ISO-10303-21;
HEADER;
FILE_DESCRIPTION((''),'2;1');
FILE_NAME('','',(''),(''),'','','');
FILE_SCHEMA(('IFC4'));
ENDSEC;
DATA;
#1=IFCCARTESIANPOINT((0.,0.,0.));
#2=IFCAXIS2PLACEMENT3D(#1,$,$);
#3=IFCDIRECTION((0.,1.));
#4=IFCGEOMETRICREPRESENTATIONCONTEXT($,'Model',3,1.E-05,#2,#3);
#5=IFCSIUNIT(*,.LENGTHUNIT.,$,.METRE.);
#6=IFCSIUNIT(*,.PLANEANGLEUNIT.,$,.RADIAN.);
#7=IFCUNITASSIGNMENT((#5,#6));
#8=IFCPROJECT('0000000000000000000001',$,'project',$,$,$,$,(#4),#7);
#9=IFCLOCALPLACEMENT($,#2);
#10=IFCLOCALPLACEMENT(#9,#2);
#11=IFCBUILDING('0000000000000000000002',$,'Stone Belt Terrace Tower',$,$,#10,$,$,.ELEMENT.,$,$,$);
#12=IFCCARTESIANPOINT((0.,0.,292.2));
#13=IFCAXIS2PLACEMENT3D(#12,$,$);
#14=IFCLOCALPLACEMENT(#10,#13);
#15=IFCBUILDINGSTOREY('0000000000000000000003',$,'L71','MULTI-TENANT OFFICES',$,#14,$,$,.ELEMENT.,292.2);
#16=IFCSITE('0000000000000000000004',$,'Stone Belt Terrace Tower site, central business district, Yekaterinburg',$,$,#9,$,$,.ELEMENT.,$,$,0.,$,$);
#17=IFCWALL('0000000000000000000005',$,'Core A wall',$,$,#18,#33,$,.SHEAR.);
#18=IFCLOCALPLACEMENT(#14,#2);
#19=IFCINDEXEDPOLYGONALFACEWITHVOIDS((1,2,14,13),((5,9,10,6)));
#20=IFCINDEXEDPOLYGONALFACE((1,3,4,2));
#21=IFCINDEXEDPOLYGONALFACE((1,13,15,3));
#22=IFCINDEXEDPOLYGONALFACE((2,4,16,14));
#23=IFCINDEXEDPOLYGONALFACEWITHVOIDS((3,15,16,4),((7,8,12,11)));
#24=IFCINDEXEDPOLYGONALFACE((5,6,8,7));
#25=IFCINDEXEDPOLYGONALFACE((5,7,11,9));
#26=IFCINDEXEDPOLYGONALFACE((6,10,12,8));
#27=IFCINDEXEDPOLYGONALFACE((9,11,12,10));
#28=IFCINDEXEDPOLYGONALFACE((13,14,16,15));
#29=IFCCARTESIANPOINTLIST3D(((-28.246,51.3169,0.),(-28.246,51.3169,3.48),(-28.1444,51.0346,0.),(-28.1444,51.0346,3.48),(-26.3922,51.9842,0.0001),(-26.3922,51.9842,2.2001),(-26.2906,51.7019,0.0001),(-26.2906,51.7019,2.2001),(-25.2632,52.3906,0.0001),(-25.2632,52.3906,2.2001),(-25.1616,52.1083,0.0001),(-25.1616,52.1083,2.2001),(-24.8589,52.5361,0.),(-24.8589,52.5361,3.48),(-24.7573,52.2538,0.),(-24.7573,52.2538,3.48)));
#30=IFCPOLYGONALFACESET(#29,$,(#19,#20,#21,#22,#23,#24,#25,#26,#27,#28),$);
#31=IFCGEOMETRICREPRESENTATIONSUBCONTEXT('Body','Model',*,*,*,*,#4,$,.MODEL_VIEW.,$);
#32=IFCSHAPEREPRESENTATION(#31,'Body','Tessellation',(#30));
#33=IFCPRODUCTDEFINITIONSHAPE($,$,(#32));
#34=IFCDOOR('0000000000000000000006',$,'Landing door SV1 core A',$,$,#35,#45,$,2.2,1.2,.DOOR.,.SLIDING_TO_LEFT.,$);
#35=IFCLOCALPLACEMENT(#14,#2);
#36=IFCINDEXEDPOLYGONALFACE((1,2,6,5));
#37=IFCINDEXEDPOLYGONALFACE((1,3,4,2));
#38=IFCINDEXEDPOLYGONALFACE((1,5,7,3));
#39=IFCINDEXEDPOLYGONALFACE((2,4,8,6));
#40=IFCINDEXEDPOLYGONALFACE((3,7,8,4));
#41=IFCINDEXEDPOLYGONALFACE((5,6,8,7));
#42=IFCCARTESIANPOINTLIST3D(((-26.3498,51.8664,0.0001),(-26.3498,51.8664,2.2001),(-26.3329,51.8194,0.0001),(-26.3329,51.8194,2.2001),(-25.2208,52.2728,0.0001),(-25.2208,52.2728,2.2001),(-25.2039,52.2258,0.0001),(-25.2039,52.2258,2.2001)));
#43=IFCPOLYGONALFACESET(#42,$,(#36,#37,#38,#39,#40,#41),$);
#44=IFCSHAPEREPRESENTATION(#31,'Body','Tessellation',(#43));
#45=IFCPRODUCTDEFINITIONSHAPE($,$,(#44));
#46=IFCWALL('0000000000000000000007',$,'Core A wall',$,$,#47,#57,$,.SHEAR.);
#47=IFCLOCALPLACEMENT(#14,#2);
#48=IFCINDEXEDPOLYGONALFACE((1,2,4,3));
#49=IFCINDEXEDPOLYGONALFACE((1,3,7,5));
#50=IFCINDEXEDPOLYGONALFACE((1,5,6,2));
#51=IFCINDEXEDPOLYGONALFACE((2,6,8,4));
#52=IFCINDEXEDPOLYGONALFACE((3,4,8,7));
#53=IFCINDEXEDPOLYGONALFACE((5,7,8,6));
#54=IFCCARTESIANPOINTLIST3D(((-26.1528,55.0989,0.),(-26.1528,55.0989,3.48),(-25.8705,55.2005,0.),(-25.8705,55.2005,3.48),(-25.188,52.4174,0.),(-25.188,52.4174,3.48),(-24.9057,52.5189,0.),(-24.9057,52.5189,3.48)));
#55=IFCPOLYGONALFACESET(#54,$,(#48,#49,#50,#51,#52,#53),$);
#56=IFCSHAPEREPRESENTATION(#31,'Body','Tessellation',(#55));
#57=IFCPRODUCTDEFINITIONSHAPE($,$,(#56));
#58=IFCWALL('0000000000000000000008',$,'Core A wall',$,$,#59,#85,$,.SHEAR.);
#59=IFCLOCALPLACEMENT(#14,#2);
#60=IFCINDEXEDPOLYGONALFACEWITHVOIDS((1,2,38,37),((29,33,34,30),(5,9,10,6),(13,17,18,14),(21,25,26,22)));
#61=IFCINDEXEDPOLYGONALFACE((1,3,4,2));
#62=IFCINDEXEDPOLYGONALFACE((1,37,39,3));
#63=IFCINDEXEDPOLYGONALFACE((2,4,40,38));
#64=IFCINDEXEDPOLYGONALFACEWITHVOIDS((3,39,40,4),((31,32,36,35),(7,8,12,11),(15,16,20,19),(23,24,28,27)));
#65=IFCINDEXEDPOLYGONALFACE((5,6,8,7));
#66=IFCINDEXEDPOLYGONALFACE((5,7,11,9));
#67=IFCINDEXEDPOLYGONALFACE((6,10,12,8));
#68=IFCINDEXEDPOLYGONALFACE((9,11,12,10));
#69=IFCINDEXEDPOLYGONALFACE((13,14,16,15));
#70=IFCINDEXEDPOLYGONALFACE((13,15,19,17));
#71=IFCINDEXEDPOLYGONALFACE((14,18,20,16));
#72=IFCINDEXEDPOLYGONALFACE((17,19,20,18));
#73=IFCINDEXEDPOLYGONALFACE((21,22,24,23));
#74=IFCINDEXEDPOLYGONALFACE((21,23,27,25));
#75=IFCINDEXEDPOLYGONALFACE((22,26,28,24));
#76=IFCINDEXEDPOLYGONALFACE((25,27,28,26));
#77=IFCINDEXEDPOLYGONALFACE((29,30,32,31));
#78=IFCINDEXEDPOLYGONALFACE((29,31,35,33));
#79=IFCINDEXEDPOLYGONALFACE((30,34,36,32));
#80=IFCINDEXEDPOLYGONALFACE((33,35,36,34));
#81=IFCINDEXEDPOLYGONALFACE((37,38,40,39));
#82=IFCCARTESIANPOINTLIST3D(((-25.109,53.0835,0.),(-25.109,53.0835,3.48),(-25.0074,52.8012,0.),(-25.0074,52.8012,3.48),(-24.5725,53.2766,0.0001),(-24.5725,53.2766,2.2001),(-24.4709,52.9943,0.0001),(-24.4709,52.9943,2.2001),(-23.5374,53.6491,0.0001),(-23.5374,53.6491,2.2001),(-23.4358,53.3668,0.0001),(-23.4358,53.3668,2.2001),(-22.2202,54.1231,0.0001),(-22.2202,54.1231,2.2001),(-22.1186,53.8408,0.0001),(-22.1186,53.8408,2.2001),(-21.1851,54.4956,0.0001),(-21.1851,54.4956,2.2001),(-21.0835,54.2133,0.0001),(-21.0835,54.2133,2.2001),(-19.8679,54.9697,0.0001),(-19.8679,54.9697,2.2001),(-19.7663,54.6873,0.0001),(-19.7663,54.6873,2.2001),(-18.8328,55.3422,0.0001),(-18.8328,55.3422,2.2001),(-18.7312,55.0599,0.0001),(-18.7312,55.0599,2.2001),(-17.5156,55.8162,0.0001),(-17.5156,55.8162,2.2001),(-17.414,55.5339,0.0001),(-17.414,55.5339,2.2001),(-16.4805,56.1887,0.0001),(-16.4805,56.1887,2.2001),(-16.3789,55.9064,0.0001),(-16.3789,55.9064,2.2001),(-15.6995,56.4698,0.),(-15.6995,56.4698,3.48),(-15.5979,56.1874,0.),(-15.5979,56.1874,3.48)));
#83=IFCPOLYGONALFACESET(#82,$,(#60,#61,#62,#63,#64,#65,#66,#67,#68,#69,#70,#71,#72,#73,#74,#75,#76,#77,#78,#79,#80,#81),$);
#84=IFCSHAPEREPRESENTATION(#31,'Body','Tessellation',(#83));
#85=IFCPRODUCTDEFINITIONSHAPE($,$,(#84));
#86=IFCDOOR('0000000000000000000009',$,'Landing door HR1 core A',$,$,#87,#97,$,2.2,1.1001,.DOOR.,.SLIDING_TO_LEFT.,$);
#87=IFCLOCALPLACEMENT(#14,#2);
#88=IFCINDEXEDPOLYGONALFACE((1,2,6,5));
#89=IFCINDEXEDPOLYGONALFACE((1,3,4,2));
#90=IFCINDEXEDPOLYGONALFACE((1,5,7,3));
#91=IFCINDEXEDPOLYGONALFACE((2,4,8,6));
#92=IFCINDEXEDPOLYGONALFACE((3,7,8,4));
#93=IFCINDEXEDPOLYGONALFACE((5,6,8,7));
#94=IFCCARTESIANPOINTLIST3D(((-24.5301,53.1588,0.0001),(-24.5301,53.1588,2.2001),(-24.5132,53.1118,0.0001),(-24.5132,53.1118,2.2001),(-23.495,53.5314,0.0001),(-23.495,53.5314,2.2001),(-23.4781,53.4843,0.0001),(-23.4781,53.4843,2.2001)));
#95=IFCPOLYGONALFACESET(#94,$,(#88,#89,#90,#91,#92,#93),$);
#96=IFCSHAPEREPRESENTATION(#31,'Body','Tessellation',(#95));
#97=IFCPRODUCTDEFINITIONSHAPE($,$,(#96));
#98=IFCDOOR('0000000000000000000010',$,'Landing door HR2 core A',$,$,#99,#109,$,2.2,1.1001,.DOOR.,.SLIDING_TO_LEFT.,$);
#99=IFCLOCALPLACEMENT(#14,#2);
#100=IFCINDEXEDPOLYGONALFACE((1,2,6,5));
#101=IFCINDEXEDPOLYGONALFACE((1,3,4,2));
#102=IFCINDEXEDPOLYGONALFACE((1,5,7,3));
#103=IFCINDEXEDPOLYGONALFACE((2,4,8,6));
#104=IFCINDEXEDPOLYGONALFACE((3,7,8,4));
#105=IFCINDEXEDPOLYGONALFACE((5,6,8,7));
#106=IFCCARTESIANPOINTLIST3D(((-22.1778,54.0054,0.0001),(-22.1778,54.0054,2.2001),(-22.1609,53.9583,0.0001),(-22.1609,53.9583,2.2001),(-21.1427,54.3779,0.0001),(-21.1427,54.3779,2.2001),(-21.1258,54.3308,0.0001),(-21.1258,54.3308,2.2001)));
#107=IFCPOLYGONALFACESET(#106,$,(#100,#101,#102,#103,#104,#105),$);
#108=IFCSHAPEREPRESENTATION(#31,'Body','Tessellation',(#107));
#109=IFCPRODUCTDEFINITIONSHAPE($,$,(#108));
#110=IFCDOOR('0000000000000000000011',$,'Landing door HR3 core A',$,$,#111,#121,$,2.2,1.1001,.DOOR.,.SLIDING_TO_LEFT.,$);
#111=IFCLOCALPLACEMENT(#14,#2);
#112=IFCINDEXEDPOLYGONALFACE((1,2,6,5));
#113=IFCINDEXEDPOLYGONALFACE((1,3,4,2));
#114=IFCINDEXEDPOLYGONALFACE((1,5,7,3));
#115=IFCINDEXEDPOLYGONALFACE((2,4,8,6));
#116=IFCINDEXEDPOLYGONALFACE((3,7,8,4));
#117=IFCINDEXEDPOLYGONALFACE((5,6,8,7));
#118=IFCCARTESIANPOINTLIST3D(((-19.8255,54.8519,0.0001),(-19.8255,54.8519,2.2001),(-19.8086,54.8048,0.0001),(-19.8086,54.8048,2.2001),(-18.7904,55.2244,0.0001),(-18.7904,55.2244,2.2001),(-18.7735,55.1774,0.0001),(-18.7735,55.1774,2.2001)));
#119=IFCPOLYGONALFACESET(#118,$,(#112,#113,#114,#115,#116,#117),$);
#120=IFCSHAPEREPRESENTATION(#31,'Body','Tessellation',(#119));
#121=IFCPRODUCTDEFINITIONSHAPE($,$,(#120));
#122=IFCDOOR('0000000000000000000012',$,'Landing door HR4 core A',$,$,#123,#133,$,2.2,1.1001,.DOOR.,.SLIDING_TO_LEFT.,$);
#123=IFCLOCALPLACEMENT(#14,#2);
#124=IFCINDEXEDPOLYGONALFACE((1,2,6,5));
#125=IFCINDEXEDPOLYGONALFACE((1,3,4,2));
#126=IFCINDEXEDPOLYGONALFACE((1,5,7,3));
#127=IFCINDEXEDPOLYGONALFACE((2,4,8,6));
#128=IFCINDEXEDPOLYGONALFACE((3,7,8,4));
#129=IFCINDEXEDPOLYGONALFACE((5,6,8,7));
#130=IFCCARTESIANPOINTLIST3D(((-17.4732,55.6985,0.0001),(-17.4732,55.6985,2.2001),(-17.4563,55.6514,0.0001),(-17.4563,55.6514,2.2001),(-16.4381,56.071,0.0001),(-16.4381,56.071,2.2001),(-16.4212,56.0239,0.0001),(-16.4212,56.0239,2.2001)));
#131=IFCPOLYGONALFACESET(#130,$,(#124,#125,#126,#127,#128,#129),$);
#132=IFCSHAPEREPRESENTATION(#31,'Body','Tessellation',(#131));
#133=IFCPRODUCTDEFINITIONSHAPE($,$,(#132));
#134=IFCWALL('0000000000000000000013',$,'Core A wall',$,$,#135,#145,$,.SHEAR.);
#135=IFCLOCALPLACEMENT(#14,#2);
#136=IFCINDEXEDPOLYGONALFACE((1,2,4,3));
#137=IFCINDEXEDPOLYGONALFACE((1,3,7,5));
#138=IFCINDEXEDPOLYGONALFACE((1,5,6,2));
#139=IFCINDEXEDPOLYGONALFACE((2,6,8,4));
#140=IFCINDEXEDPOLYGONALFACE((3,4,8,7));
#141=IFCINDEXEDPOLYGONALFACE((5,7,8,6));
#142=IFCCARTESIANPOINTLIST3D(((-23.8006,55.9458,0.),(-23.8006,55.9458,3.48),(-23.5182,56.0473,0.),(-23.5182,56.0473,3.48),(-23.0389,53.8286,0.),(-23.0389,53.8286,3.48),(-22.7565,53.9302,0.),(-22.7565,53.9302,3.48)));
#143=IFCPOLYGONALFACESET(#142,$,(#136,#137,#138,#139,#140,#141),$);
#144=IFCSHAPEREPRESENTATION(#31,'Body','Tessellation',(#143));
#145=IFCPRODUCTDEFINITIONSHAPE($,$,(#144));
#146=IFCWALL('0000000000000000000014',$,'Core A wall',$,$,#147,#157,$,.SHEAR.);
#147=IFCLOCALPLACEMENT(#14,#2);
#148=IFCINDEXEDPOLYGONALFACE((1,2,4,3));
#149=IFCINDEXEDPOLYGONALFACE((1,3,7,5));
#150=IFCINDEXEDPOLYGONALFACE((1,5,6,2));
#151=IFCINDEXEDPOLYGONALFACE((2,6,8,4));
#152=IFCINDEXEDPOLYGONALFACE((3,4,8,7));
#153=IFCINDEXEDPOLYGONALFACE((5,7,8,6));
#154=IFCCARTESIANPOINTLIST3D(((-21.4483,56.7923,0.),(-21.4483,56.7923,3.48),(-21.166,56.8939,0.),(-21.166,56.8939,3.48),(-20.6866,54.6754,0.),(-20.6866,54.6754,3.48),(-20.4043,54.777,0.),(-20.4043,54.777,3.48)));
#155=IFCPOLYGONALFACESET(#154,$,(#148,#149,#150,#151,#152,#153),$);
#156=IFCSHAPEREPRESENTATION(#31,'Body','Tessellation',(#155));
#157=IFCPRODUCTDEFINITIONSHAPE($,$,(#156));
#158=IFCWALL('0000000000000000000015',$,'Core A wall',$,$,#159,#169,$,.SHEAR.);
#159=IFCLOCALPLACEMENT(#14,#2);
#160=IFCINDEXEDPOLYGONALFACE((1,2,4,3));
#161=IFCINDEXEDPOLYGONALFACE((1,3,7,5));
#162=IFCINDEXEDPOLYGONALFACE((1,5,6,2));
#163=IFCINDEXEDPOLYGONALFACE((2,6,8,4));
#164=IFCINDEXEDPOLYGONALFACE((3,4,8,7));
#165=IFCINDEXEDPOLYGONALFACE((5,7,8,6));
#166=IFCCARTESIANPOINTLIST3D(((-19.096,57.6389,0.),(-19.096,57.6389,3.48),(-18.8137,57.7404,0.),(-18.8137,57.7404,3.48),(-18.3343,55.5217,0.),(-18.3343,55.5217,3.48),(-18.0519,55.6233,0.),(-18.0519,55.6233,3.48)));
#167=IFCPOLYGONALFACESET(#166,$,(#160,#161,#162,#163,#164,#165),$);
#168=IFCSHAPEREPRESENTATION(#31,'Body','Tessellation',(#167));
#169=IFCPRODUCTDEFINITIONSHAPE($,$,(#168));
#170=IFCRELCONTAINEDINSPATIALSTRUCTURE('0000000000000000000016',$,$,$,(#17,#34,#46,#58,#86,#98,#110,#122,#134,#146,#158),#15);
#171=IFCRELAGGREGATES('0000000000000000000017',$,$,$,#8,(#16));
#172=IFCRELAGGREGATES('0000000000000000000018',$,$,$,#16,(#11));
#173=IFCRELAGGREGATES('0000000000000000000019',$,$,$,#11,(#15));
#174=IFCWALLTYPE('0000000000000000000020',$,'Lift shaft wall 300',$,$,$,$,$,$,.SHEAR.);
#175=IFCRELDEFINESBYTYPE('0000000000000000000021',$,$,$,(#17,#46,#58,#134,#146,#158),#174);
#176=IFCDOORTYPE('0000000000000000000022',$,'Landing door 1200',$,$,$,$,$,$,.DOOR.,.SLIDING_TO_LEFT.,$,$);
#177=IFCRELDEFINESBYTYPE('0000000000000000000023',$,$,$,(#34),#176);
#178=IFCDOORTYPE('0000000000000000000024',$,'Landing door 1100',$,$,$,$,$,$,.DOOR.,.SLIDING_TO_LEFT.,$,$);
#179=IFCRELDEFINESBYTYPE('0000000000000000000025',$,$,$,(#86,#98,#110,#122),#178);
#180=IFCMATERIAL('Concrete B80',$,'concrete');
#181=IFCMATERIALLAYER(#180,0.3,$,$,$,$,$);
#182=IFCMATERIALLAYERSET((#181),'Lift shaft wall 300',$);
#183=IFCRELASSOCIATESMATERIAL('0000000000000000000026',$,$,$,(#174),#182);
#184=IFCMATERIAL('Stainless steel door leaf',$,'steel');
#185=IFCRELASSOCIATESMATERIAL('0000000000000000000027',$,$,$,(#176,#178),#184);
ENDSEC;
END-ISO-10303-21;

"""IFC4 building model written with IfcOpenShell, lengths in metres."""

from ifc_helpers import new_model, si_unit, direction, frame, frame_2d, origin, place, context, subcontext, project, spatial, rectangle, extrude, material, layer, layer_set, type_object, element, fill, save


model = new_model("IFC4")

# Units and contexts
model_context = context("Model", 3, precision=1e-05, world=origin(), true_north=direction((0.0, 1.0)))
body_context = subcontext(model_context, "Body", "Model", "MODEL_VIEW")
ifc_project = project(units=[si_unit("LENGTHUNIT", "METRE"), si_unit("PLANEANGLEUNIT", "RADIAN")], contexts=[model_context])

# Site, building, storey
site_placement = place(None, origin())
site = spatial("IfcSite", under=ifc_project, at=site_placement, Name="Stone Belt Terrace Tower site, central business district, Yekaterinburg", CompositionType="ELEMENT", RefElevation=0.0)
building_placement = place(site_placement, origin())
building = spatial("IfcBuilding", under=site, at=building_placement, Name="Stone Belt Terrace Tower", CompositionType="ELEMENT")
storey_placement = place(building_placement, frame((0.0, 0.0, 292.2)))
storey = spatial("IfcBuildingStorey", under=building, at=storey_placement, Name="L71", Description="MULTI-TENANT OFFICES", CompositionType="ELEMENT", Elevation=292.2)

# Wall, opening, door
ifc_material_1 = material(Name="Concrete B80", Category="concrete")
ifc_layer_1 = layer(ifc_material_1, 0.3)
ifc_layer_set_1 = layer_set([ifc_layer_1], Name="Lift shaft wall 300")
wall_type_1 = type_object("IfcWallType", Name="Lift shaft wall 300", PredefinedType="SHEAR", material=ifc_layer_set_1)
wall_1_placement = place(storey_placement, frame((-28.1951, 51.1758, 0.0), z_axis=(0.0, 0.0, 1.0), x_axis=(0.940901, 0.338681, 0.0)))
wall_1 = element("IfcWall", 1, at=wall_1_placement, inside=storey, type_object=wall_type_1, Name="Core A wall", PredefinedType="SHEAR", context=body_context, shape_type="SweptSolid", body=[
    extrude(rectangle(XDim=3.5999, YDim=0.3, at=frame_2d((1.7998, 0.0))), origin(), (0.0, 0.0, 1.0), 3.48),
])
opening_1_placement = place(wall_1_placement, frame((1.97, 0.0, 0.0)))
opening_1 = element("IfcOpeningElement", 2, at=opening_1_placement, cuts=wall_1, PredefinedType="OPENING", context=body_context, shape_type="SweptSolid", body=[
    extrude(rectangle(XDim=1.2, YDim=2.2, at=frame_2d((0.6001, 1.1001))), frame((0.0, 0.1599, 0.0), z_axis=(0.0, -1.0, 0.0), x_axis=(1.0, 0.0, 0.0)), (0.0, 0.0, 1.0), 0.3201),
])
ifc_material_2 = material(Name="Stainless steel door leaf", Category="steel")
door_type_1 = type_object("IfcDoorType", Name="Landing door 1200", OperationType="SLIDING_TO_LEFT", PredefinedType="DOOR", material=ifc_material_2)
door_1_placement = place(opening_1_placement, origin())
door_1 = element("IfcDoor", 3, at=door_1_placement, inside=storey, type_object=door_type_1, Name="Landing door SV1 core A", OperationType="SLIDING_TO_LEFT", OverallHeight=2.2, OverallWidth=1.2, PredefinedType="DOOR", context=body_context, shape_type="SweptSolid", body=[
    extrude(rectangle(XDim=1.2, YDim=2.2, at=frame_2d((0.6001, 1.1001))), frame((0.0, 0.0249, 0.0), z_axis=(0.0, -1.0, 0.0), x_axis=(1.0, 0.0, 0.0)), (0.0, 0.0, 1.0), 0.05),
])
fill(opening_1, door_1)

# Wall
wall_2_placement = place(storey_placement, frame((-25.0469, 52.4683, 0.0), z_axis=(0.0, 0.0, 1.0), x_axis=(-0.33855, 0.940949, 0.0)))
element("IfcWall", 4, at=wall_2_placement, inside=storey, type_object=wall_type_1, Name="Core A wall", PredefinedType="SHEAR", context=body_context, shape_type="SweptSolid", body=[
    extrude(rectangle(XDim=2.8499, YDim=0.3, at=frame_2d((1.4248, 0.0))), origin(), (0.0, 0.0, 1.0), 3.48),
])

# Wall, openings, doors
wall_3_placement = place(storey_placement, frame((-25.0581, 52.9424, 0.0), z_axis=(0.0, 0.0, 1.0), x_axis=(0.940924, 0.338617, 0.0)))
wall_3 = element("IfcWall", 5, at=wall_3_placement, inside=storey, type_object=wall_type_1, Name="Core A wall", PredefinedType="SHEAR", context=body_context, shape_type="SweptSolid", body=[
    extrude(rectangle(XDim=10.0002, YDim=0.3, at=frame_2d((5.0, 0.0))), origin(), (0.0, 0.0, 1.0), 3.48),
])
opening_2_placement = place(wall_3_placement, frame((0.5701, 0.0, 0.0)))
opening_2 = element("IfcOpeningElement", 6, at=opening_2_placement, cuts=wall_3, PredefinedType="OPENING", context=body_context, shape_type="SweptSolid", body=[
    extrude(rectangle(XDim=1.1001, YDim=2.2, at=frame_2d((0.55, 1.1001))), frame((0.0, 0.1599, 0.0), z_axis=(0.0, -1.0, 0.0), x_axis=(1.0, 0.0, 0.0)), (0.0, 0.0, 1.0), 0.3201),
])
opening_3_placement = place(wall_3_placement, frame((3.0701, 0.0, 0.0)))
opening_3 = element("IfcOpeningElement", 7, at=opening_3_placement, cuts=wall_3, PredefinedType="OPENING", context=body_context, shape_type="SweptSolid", body=[
    extrude(rectangle(XDim=1.1001, YDim=2.2, at=frame_2d((0.55, 1.1001))), frame((0.0, 0.1599, 0.0), z_axis=(0.0, -1.0, 0.0), x_axis=(1.0, 0.0, 0.0)), (0.0, 0.0, 1.0), 0.3201),
])
opening_4_placement = place(wall_3_placement, frame((5.5701, 0.0, 0.0)))
opening_4 = element("IfcOpeningElement", 8, at=opening_4_placement, cuts=wall_3, PredefinedType="OPENING", context=body_context, shape_type="SweptSolid", body=[
    extrude(rectangle(XDim=1.1001, YDim=2.2, at=frame_2d((0.55, 1.1001))), frame((0.0, 0.1599, 0.0), z_axis=(0.0, -1.0, 0.0), x_axis=(1.0, 0.0, 0.0)), (0.0, 0.0, 1.0), 0.3201),
])
opening_5_placement = place(wall_3_placement, frame((8.0701, 0.0, 0.0)))
opening_5 = element("IfcOpeningElement", 9, at=opening_5_placement, cuts=wall_3, PredefinedType="OPENING", context=body_context, shape_type="SweptSolid", body=[
    extrude(rectangle(XDim=1.1001, YDim=2.2, at=frame_2d((0.55, 1.1001))), frame((0.0, 0.1599, 0.0), z_axis=(0.0, -1.0, 0.0), x_axis=(1.0, 0.0, 0.0)), (0.0, 0.0, 1.0), 0.3201),
])
door_type_2 = type_object("IfcDoorType", Name="Landing door 1100", OperationType="SLIDING_TO_LEFT", PredefinedType="DOOR", material=ifc_material_2)
door_2_placement = place(opening_2_placement, origin())
door_2 = element("IfcDoor", 10, at=door_2_placement, inside=storey, type_object=door_type_2, Name="Landing door HR1 core A", OperationType="SLIDING_TO_LEFT", OverallHeight=2.2, OverallWidth=1.1001, PredefinedType="DOOR", context=body_context, shape_type="SweptSolid", body=[
    extrude(rectangle(XDim=1.1001, YDim=2.2, at=frame_2d((0.55, 1.1001))), frame((0.0, 0.0249, 0.0), z_axis=(0.0, -1.0, 0.0), x_axis=(1.0, 0.0, 0.0)), (0.0, 0.0, 1.0), 0.05),
])
fill(opening_2, door_2)
door_3_placement = place(opening_3_placement, origin())
door_3 = element("IfcDoor", 11, at=door_3_placement, inside=storey, type_object=door_type_2, Name="Landing door HR2 core A", OperationType="SLIDING_TO_LEFT", OverallHeight=2.2, OverallWidth=1.1001, PredefinedType="DOOR", context=body_context, shape_type="SweptSolid", body=[
    extrude(rectangle(XDim=1.1001, YDim=2.2, at=frame_2d((0.55, 1.1001))), frame((0.0, 0.0249, 0.0), z_axis=(0.0, -1.0, 0.0), x_axis=(1.0, 0.0, 0.0)), (0.0, 0.0, 1.0), 0.05),
])
fill(opening_3, door_3)
door_4_placement = place(opening_4_placement, origin())
door_4 = element("IfcDoor", 12, at=door_4_placement, inside=storey, type_object=door_type_2, Name="Landing door HR3 core A", OperationType="SLIDING_TO_LEFT", OverallHeight=2.2, OverallWidth=1.1001, PredefinedType="DOOR", context=body_context, shape_type="SweptSolid", body=[
    extrude(rectangle(XDim=1.1001, YDim=2.2, at=frame_2d((0.55, 1.1001))), frame((0.0, 0.0249, 0.0), z_axis=(0.0, -1.0, 0.0), x_axis=(1.0, 0.0, 0.0)), (0.0, 0.0, 1.0), 0.05),
])
fill(opening_4, door_4)
door_5_placement = place(opening_5_placement, origin())
door_5 = element("IfcDoor", 13, at=door_5_placement, inside=storey, type_object=door_type_2, Name="Landing door HR4 core A", OperationType="SLIDING_TO_LEFT", OverallHeight=2.2, OverallWidth=1.1001, PredefinedType="DOOR", context=body_context, shape_type="SweptSolid", body=[
    extrude(rectangle(XDim=1.1001, YDim=2.2, at=frame_2d((0.55, 1.1001))), frame((0.0, 0.0249, 0.0), z_axis=(0.0, -1.0, 0.0), x_axis=(1.0, 0.0, 0.0)), (0.0, 0.0, 1.0), 0.05),
])
fill(opening_5, door_5)

# Walls
wall_4_placement = place(storey_placement, frame((-22.8977, 53.8794, 0.0), z_axis=(0.0, 0.0, 1.0), x_axis=(-0.338535, 0.940954, 0.0)))
element("IfcWall", 14, at=wall_4_placement, inside=storey, type_object=wall_type_1, Name="Core A wall", PredefinedType="SHEAR", context=body_context, shape_type="SweptSolid", body=[
    extrude(rectangle(XDim=2.25, YDim=0.3, at=frame_2d((1.125, 0.0))), origin(), (0.0, 0.0, 1.0), 3.48),
])
wall_5_placement = place(storey_placement, frame((-20.5454, 54.7261, 0.0), z_axis=(0.0, 0.0, 1.0), x_axis=(-0.33857, 0.940941, 0.0)))
element("IfcWall", 15, at=wall_5_placement, inside=storey, type_object=wall_type_1, Name="Core A wall", PredefinedType="SHEAR", context=body_context, shape_type="SweptSolid", body=[
    extrude(rectangle(XDim=2.2498, YDim=0.3, at=frame_2d((1.125, 0.0))), origin(), (0.0, 0.0, 1.0), 3.48),
])
wall_6_placement = place(storey_placement, frame((-18.1931, 55.5725, 0.0), z_axis=(0.0, 0.0, 1.0), x_axis=(-0.338535, 0.940954, 0.0)))
element("IfcWall", 16, at=wall_6_placement, inside=storey, type_object=wall_type_1, Name="Core A wall", PredefinedType="SHEAR", context=body_context, shape_type="SweptSolid", body=[
    extrude(rectangle(XDim=2.25, YDim=0.3, at=frame_2d((1.125, 0.0))), origin(), (0.0, 0.0, 1.0), 3.48),
])

save(model, "model.ifc")
